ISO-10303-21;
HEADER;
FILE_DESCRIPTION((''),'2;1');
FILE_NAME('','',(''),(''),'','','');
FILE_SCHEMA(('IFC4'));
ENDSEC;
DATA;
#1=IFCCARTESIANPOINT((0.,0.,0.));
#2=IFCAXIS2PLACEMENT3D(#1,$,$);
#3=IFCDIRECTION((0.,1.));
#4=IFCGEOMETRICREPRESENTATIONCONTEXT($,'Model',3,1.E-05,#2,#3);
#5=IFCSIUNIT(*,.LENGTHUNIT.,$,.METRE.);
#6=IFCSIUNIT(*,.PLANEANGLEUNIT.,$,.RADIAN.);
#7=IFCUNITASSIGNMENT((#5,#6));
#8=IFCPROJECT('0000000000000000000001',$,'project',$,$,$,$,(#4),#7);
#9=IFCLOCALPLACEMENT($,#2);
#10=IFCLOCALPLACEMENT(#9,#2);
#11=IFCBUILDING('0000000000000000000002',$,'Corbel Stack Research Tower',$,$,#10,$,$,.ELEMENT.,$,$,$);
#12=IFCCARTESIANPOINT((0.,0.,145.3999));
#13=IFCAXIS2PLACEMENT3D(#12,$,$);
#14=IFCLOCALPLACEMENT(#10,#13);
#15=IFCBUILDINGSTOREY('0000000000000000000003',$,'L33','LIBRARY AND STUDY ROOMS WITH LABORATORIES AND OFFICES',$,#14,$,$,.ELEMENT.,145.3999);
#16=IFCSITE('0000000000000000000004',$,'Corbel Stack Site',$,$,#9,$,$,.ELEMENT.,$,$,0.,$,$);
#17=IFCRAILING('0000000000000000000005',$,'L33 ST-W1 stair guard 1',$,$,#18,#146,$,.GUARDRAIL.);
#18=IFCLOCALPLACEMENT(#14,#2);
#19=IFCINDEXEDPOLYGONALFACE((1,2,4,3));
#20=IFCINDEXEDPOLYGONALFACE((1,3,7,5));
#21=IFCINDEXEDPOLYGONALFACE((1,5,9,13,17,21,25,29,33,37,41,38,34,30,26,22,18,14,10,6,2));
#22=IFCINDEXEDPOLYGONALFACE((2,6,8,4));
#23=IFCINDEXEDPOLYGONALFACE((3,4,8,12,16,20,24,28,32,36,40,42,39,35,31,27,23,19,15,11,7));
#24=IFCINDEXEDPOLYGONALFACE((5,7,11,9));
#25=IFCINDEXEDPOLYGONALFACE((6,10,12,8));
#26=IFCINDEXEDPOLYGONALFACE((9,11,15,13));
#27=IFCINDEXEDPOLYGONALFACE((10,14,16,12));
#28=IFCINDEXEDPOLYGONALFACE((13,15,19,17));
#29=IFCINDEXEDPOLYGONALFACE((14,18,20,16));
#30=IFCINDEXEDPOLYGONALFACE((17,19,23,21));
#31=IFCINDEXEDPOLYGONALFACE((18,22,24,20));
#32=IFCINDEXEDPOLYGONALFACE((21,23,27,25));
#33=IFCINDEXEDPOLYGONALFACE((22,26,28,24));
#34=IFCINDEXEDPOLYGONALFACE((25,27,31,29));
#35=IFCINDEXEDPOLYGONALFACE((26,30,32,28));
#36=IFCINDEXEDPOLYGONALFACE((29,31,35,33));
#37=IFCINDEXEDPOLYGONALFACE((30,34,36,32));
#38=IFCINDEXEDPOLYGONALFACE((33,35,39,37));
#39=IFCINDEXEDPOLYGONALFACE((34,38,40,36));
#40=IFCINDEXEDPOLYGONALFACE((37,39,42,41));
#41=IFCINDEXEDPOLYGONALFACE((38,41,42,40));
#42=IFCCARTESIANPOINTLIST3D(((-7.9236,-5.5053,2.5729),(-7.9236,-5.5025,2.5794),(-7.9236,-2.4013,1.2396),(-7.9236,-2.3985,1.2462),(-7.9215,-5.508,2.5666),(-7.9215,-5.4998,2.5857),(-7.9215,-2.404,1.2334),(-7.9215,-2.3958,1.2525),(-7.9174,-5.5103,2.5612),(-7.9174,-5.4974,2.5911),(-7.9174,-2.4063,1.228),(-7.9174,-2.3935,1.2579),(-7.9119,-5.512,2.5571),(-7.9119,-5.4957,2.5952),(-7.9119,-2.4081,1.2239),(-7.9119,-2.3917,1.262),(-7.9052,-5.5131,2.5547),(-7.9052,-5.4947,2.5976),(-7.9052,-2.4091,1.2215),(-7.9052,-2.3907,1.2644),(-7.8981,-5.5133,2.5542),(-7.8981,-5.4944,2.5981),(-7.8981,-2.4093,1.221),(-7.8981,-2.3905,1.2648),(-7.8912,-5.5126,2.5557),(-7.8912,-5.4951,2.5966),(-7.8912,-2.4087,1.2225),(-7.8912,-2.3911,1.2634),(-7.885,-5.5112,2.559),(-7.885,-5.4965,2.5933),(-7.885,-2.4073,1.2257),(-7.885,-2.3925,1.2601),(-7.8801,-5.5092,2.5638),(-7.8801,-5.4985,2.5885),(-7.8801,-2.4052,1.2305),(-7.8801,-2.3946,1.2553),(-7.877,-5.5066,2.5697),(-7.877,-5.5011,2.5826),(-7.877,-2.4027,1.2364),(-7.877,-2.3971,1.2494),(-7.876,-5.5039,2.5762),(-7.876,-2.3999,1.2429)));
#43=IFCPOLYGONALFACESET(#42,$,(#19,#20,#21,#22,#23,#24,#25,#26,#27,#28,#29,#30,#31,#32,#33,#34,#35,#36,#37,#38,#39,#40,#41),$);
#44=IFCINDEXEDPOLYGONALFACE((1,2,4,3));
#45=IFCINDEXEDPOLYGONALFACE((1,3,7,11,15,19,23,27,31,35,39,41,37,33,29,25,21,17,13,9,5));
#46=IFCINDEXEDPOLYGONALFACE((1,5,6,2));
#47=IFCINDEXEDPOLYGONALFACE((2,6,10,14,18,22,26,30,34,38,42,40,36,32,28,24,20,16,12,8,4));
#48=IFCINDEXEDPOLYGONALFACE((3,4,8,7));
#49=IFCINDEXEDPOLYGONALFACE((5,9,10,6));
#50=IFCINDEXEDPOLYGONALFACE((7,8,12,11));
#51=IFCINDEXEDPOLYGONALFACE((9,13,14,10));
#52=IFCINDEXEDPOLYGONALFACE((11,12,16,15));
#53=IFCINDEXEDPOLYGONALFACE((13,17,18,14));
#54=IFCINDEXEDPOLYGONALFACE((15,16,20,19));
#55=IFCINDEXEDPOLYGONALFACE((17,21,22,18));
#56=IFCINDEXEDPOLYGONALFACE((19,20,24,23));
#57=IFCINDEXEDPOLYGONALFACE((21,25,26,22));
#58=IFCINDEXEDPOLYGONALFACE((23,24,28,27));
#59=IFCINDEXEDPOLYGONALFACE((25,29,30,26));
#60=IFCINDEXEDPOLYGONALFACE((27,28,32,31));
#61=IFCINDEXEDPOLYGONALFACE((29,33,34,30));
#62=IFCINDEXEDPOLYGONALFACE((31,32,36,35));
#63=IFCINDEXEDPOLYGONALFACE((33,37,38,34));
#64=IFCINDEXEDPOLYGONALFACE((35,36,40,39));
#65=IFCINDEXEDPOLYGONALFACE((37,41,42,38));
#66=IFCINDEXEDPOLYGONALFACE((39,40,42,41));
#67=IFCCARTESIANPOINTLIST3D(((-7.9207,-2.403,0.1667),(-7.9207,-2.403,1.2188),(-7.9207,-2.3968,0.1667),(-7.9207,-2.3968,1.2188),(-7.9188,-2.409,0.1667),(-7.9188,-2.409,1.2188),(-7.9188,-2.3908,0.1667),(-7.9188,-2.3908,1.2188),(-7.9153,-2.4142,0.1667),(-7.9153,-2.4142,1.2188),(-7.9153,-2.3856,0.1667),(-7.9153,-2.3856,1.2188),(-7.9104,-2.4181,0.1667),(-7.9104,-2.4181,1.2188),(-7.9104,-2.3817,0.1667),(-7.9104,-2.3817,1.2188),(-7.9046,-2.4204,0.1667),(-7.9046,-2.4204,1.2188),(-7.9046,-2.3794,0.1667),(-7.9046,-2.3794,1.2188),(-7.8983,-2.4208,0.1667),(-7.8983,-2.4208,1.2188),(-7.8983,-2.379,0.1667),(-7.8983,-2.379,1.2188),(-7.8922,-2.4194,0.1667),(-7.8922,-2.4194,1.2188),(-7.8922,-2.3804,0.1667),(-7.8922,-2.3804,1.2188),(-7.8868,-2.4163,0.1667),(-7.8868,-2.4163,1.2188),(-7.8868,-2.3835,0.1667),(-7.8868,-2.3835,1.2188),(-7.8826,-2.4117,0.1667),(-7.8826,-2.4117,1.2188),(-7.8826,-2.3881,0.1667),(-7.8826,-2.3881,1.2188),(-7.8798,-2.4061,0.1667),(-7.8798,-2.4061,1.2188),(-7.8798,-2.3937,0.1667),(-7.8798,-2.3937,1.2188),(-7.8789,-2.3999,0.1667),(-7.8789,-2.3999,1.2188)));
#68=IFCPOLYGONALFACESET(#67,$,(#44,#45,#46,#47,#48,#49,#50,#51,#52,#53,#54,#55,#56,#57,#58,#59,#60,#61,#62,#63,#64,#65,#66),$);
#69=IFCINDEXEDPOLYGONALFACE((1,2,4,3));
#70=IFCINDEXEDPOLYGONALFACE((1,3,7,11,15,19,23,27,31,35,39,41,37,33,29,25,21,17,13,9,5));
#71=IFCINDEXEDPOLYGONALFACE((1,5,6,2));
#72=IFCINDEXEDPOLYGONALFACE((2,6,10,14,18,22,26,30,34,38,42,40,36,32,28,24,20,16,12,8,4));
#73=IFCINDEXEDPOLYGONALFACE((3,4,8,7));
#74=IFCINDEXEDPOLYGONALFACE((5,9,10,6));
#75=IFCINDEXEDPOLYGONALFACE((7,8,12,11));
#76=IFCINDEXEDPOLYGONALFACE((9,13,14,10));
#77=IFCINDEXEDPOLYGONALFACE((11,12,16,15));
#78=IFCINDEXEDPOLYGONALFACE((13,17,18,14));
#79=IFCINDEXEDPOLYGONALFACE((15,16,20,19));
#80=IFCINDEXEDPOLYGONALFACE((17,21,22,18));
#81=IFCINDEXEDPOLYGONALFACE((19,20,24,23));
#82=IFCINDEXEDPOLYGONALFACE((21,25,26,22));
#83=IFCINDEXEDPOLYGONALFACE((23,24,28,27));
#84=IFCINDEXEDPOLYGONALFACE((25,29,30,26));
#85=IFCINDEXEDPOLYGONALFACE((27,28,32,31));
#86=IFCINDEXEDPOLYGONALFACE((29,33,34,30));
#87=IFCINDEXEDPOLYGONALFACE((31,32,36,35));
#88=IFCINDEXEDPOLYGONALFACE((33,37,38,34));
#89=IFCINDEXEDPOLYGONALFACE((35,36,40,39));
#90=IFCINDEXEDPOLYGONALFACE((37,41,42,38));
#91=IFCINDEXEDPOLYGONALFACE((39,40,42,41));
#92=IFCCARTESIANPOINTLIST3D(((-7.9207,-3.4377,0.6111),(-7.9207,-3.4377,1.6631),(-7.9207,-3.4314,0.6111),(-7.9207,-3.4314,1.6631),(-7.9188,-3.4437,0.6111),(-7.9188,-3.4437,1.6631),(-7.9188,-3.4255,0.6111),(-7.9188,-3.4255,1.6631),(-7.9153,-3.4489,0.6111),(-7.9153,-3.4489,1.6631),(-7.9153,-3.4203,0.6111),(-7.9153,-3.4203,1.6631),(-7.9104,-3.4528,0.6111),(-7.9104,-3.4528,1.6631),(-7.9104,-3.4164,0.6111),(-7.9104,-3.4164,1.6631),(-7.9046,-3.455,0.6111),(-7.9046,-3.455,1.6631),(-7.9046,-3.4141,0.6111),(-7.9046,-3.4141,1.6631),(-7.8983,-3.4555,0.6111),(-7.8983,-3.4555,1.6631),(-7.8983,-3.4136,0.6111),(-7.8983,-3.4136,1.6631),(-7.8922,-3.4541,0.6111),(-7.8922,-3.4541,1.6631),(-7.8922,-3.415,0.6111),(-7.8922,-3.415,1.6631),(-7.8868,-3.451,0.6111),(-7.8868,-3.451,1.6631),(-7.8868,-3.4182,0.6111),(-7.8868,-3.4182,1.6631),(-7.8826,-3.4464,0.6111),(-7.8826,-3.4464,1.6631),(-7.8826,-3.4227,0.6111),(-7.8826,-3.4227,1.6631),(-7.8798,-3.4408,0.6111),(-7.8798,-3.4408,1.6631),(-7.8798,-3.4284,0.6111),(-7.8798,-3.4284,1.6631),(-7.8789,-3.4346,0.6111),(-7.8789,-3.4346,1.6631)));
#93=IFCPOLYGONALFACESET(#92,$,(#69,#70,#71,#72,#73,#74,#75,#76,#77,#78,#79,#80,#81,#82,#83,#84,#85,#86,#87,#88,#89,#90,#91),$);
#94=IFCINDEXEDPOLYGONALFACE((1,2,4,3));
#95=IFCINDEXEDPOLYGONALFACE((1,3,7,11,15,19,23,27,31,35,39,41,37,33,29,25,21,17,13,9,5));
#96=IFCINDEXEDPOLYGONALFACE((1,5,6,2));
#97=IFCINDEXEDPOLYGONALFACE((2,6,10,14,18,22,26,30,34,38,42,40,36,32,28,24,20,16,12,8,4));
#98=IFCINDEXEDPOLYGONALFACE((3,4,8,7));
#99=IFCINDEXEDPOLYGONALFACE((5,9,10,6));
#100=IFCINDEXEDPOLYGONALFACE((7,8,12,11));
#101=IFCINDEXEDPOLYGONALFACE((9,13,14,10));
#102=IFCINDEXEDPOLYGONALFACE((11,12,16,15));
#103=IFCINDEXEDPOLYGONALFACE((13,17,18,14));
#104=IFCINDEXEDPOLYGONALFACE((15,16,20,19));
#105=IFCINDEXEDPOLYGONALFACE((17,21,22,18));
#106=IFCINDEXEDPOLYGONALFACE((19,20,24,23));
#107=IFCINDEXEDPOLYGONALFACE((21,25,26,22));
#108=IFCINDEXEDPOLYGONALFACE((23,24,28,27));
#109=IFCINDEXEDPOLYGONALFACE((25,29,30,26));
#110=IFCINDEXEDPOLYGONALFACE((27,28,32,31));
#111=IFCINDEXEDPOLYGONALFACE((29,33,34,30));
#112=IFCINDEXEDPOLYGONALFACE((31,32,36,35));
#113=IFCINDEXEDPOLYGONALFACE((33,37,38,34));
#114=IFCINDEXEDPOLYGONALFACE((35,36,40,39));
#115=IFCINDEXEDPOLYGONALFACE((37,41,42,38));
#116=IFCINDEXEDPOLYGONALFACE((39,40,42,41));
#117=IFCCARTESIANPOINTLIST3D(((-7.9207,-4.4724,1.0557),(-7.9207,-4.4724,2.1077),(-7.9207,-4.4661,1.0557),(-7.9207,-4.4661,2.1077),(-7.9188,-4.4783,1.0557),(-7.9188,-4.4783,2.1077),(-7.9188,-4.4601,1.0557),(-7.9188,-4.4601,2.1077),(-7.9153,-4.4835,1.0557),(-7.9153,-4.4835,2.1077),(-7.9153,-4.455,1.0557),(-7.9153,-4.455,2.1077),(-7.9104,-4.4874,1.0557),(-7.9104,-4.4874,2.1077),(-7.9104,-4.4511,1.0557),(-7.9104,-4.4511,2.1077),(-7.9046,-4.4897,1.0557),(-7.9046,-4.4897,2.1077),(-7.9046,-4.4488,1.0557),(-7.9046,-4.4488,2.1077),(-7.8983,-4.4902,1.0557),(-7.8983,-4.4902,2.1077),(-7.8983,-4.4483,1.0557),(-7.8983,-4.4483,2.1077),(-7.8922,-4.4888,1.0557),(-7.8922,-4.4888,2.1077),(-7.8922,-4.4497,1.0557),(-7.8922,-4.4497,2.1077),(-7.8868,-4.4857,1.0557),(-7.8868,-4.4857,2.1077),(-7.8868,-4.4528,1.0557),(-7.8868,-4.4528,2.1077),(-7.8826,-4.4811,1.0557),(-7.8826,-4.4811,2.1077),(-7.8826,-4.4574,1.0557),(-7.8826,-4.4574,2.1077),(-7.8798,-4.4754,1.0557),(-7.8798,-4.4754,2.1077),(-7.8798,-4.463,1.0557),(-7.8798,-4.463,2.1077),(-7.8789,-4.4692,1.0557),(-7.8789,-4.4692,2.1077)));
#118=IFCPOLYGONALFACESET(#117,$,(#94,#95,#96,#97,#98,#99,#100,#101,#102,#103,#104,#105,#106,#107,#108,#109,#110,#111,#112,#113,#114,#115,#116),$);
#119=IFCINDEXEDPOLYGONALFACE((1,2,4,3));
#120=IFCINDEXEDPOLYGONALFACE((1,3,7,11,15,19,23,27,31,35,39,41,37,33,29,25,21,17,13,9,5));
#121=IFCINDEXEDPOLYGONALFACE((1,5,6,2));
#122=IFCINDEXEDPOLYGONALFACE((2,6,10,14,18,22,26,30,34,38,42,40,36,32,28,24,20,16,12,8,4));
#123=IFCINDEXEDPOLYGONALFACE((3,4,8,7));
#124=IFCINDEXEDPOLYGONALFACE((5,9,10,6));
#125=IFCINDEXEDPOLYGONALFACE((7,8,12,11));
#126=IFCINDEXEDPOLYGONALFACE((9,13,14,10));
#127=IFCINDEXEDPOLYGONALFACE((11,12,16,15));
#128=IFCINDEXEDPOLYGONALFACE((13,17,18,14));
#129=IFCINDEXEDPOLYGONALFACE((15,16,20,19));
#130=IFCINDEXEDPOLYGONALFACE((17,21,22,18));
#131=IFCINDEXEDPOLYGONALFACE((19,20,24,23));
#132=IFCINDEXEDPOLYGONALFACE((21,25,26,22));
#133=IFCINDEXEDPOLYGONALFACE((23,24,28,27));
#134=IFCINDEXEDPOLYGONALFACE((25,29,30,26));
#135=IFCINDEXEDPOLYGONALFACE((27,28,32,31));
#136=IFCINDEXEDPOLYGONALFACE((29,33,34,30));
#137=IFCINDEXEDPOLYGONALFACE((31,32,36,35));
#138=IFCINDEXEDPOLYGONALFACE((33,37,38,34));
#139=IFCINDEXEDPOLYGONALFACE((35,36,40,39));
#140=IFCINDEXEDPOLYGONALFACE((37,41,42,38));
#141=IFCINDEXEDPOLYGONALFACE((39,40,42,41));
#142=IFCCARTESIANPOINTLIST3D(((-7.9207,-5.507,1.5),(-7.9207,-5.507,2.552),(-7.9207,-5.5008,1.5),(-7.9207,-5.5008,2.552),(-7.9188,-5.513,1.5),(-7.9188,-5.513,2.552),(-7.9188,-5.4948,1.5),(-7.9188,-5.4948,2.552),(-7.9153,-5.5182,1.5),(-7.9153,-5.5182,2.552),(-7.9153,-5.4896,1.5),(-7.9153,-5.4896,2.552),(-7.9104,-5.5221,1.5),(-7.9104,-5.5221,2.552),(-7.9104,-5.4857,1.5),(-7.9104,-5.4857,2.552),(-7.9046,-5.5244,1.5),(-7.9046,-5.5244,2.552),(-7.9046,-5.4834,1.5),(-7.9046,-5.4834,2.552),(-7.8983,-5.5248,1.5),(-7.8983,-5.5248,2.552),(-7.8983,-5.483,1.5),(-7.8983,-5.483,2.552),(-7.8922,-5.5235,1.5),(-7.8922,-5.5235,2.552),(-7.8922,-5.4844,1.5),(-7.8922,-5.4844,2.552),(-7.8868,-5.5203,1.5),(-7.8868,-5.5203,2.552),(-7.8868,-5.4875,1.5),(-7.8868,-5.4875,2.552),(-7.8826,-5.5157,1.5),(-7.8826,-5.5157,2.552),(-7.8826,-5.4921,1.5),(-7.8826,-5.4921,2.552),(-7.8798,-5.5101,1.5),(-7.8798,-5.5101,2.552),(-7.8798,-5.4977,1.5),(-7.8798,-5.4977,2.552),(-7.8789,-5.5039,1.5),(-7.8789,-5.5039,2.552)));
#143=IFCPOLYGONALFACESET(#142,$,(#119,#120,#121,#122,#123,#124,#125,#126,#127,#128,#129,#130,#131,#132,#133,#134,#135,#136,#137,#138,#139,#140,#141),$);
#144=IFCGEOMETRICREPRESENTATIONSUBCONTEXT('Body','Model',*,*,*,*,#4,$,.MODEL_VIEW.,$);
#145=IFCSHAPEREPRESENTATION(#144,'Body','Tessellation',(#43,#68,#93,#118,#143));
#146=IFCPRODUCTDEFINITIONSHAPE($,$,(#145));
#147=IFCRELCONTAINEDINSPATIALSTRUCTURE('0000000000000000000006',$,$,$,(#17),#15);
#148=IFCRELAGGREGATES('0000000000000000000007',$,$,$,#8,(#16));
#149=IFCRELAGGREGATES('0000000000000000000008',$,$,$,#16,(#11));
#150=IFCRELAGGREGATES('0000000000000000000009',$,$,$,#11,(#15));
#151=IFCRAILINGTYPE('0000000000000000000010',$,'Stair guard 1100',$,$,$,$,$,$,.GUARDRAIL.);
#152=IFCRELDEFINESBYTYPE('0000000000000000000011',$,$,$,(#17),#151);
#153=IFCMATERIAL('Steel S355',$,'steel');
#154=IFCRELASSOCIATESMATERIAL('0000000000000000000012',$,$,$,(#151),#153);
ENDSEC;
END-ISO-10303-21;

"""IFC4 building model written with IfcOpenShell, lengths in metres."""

from ifc_helpers import new_model, si_unit, direction, frame, origin, origin_2d, place, context, subcontext, project, spatial, circle, extrude, material, type_object, element, save


model = new_model("IFC4")

# Units and contexts
model_context = context("Model", 3, precision=1e-05, world=origin(), true_north=direction((0.0, 1.0)))
body_context = subcontext(model_context, "Body", "Model", "MODEL_VIEW")
ifc_project = project(units=[si_unit("LENGTHUNIT", "METRE"), si_unit("PLANEANGLEUNIT", "RADIAN")], contexts=[model_context])

# Site, building, storey
site_placement = place(None, origin())
site = spatial("IfcSite", under=ifc_project, at=site_placement, Name="Corbel Stack Site", CompositionType="ELEMENT", RefElevation=0.0)
building_placement = place(site_placement, origin())
building = spatial("IfcBuilding", under=site, at=building_placement, Name="Corbel Stack Research Tower", CompositionType="ELEMENT")
storey_placement = place(building_placement, frame((0.0, 0.0, 145.3999)))
storey = spatial("IfcBuildingStorey", under=building, at=storey_placement, Name="L33", Description="LIBRARY AND STUDY ROOMS WITH LABORATORIES AND OFFICES", CompositionType="ELEMENT", Elevation=145.3999)

# Railing
ifc_material_1 = material(Name="Steel S355", Category="steel")
railing_type = type_object("IfcRailingType", Name="Stair guard 1100", PredefinedType="GUARDRAIL", material=ifc_material_1)
railing_1_placement = place(storey_placement, frame((-7.8999, -2.3999, 0.1667)))
element("IfcRailing", 1, at=railing_1_placement, inside=storey, type_object=railing_type, Name="L33 ST-W1 stair guard 1", PredefinedType="GUARDRAIL", context=body_context, shape_type="SweptSolid", body=[
    extrude(circle(Radius=0.0239, at=origin_2d()), frame((0.0, 0.0, 1.0762), z_axis=(0.0, -0.918827, 0.394661), x_axis=(1.0, 0.0, 0.0)), (0.0, 0.0, 1.0), 3.3782),
    extrude(circle(Radius=0.021, at=origin_2d()), origin(), (0.0, 0.0, 1.0), 1.052),
    extrude(circle(Radius=0.021, at=origin_2d()), frame((0.0, -1.0347, 0.4443)), (0.0, 0.0, 1.0), 1.052),
    extrude(circle(Radius=0.021, at=origin_2d()), frame((0.0, -2.0693, 0.8889)), (0.0, 0.0, 1.0), 1.052),
    extrude(circle(Radius=0.021, at=origin_2d()), frame((0.0, -3.104, 1.3333)), (0.0, 0.0, 1.0), 1.052),
])

save(model, "model.ifc")
